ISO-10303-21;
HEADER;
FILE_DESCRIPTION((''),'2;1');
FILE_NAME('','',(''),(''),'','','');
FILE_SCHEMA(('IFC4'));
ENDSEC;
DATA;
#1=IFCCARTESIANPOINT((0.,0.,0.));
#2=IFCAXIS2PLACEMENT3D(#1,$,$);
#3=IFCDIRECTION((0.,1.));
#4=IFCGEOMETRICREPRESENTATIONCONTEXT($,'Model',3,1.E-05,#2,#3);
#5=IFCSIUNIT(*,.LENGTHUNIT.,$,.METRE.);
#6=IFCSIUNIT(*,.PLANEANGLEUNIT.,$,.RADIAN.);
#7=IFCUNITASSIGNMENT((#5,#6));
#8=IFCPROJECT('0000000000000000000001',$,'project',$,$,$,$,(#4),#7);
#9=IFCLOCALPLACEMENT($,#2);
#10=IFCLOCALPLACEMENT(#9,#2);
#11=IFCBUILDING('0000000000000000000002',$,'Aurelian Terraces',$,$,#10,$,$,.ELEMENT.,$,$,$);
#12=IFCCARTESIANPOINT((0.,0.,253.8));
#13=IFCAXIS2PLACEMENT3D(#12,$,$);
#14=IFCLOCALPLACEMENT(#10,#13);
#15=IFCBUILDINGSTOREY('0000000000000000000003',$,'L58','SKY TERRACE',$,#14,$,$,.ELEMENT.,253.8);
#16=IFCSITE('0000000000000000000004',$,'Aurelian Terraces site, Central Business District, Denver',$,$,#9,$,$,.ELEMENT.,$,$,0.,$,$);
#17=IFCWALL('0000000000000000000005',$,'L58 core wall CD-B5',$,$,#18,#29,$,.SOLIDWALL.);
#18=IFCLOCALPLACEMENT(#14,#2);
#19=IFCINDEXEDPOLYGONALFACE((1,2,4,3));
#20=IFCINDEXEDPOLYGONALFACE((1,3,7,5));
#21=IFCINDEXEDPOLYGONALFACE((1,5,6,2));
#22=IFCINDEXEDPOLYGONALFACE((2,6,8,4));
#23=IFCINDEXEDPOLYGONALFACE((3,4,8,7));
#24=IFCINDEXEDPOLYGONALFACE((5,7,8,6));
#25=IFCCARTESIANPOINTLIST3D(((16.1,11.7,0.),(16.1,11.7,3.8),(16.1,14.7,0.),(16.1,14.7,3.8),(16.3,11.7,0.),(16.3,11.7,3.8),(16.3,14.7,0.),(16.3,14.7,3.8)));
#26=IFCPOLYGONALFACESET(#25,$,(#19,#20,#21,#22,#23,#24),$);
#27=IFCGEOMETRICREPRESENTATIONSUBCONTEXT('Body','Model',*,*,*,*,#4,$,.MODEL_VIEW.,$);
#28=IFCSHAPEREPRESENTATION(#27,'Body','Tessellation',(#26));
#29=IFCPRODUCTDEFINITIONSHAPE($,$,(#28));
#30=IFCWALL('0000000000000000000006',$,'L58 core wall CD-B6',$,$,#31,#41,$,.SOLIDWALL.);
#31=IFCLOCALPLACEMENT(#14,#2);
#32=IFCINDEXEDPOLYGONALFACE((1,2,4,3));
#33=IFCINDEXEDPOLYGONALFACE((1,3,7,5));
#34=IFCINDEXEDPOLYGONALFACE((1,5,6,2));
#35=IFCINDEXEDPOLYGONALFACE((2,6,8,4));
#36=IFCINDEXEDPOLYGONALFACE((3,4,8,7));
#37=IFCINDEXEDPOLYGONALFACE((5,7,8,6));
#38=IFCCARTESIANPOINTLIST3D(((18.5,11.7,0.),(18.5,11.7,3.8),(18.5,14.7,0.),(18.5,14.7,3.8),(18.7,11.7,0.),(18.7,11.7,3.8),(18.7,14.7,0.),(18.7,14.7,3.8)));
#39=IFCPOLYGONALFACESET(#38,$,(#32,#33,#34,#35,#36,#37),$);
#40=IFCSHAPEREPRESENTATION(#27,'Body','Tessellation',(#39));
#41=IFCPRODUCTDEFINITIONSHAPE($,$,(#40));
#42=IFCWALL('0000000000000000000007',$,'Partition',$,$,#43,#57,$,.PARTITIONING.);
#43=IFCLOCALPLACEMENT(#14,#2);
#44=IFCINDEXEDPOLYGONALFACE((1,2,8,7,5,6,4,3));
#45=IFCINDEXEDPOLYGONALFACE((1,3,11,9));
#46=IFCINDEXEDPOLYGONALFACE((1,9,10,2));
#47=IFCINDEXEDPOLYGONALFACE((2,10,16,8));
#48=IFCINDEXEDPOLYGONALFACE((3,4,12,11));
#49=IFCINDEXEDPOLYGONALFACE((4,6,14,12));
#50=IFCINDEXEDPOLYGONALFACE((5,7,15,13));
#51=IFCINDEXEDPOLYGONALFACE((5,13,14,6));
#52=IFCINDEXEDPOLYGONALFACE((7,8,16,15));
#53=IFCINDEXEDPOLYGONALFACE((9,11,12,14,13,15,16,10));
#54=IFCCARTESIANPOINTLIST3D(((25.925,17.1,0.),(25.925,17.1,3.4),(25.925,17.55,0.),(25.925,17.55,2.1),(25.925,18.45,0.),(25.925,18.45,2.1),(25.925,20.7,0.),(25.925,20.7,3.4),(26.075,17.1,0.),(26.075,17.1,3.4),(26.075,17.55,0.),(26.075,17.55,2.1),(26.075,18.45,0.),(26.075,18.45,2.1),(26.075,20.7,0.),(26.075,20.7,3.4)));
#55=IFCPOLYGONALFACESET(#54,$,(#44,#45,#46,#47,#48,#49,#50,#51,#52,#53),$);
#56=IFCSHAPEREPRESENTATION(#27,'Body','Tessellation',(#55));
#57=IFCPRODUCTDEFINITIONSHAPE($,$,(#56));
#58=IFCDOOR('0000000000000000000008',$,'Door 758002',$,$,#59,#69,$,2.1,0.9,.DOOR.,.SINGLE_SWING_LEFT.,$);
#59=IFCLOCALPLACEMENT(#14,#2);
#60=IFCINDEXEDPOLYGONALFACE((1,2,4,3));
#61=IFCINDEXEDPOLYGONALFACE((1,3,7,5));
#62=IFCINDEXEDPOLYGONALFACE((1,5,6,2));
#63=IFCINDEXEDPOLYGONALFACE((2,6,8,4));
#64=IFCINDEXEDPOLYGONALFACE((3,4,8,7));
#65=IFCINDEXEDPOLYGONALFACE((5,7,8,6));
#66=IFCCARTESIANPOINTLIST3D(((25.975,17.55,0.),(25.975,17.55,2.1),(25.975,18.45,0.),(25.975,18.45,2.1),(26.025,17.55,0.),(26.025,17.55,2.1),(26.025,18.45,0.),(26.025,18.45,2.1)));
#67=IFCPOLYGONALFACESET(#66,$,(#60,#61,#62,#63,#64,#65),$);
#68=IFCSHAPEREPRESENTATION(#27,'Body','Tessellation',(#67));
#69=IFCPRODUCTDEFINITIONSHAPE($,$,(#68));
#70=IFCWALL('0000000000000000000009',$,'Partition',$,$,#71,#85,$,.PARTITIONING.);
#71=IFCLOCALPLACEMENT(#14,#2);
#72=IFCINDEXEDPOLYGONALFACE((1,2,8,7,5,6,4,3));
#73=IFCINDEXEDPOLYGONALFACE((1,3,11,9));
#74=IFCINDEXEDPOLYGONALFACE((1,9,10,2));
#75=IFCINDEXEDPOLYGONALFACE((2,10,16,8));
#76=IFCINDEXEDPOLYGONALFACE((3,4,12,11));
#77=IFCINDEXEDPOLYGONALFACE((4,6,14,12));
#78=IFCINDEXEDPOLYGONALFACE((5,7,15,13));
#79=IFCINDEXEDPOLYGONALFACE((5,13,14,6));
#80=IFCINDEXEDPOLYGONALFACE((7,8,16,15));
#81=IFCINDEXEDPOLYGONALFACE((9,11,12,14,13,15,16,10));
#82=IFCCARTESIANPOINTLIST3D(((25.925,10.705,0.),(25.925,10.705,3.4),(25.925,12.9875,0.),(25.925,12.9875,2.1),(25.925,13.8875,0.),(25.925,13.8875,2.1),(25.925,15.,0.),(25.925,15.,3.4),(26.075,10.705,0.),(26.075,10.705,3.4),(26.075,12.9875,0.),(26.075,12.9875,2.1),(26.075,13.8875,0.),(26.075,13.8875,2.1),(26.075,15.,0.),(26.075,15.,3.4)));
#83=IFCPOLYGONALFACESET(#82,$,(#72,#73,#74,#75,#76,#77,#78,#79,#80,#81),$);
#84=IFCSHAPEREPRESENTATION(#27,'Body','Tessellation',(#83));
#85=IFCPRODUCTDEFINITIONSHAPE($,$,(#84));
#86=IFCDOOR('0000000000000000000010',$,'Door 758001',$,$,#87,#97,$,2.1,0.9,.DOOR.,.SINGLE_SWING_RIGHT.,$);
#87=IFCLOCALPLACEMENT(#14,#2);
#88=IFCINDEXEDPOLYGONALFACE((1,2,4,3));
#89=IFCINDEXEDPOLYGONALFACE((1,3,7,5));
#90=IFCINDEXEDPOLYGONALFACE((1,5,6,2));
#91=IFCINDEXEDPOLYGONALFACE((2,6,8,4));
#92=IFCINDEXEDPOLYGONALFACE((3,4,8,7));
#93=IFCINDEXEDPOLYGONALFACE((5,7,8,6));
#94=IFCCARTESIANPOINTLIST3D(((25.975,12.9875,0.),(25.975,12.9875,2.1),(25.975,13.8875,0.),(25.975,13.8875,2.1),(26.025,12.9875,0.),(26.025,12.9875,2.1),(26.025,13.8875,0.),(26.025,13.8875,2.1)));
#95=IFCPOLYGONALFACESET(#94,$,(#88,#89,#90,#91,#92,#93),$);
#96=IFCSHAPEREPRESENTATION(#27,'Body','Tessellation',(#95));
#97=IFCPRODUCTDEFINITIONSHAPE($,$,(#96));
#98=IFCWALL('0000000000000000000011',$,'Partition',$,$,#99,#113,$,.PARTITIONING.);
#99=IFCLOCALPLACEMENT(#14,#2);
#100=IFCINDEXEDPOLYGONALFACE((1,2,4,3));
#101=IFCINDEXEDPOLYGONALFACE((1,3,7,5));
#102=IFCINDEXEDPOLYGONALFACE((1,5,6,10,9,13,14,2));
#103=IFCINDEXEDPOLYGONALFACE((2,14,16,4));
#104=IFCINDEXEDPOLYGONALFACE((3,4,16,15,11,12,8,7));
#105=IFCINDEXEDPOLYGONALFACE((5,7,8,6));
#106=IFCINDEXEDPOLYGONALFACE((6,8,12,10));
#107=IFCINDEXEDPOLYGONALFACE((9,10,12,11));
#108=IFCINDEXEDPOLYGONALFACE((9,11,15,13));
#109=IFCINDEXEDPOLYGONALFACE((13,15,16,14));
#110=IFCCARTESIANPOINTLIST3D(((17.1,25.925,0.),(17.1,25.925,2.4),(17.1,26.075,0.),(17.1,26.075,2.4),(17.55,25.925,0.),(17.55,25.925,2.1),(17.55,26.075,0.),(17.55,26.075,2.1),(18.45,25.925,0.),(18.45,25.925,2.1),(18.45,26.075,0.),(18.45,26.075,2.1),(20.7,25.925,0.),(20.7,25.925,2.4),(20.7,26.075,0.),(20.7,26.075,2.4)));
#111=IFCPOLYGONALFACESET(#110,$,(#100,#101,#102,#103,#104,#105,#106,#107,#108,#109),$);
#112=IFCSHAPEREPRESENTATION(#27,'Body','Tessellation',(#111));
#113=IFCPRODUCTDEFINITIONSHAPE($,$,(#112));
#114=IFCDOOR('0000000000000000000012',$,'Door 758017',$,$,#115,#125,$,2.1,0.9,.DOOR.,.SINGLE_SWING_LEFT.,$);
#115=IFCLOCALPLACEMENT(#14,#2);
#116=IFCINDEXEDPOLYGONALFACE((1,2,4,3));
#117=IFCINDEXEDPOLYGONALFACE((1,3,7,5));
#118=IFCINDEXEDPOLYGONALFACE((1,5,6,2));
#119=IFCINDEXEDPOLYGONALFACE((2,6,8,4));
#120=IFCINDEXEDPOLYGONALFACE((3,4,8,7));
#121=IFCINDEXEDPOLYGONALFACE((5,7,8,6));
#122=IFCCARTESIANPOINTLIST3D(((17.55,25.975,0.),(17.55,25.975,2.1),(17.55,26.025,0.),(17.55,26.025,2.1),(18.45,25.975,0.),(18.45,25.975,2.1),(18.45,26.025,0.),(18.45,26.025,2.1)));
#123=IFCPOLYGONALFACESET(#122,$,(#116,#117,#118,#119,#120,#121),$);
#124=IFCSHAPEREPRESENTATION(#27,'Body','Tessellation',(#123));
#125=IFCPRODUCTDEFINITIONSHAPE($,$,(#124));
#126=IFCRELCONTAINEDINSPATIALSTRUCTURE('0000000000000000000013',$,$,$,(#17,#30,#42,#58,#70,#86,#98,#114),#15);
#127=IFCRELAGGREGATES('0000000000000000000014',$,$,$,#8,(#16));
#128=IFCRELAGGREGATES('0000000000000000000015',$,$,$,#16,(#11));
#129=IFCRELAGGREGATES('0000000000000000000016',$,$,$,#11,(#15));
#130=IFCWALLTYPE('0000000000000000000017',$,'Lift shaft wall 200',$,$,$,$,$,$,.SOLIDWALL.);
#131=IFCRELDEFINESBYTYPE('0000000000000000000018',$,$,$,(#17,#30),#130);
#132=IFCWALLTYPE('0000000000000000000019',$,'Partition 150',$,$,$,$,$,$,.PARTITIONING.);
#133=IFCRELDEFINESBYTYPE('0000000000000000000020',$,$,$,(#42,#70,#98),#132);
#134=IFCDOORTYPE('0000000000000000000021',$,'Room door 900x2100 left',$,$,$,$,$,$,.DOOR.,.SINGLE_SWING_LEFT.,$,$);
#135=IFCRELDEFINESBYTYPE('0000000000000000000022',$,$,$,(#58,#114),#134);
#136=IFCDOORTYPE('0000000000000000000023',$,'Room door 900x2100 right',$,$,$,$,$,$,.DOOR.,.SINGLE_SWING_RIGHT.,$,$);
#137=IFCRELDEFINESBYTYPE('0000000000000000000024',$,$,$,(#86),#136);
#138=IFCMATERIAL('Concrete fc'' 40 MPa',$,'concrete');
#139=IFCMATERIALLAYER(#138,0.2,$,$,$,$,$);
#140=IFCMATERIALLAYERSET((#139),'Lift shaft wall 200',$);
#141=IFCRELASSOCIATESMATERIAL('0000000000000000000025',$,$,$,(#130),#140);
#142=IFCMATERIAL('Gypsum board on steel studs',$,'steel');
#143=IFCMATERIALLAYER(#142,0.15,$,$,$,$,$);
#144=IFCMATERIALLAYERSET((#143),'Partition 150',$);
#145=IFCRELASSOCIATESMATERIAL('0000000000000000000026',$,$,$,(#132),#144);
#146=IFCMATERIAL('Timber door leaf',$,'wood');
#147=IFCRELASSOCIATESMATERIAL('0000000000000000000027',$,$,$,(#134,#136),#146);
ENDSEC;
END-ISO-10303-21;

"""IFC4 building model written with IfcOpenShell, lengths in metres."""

from ifc_helpers import new_model, si_unit, direction, frame, frame_2d, origin, place, context, subcontext, project, spatial, rectangle, extrude, source, transform, mapped, material, layer, layer_set, type_object, element, fill, save


model = new_model("IFC4")

# Units and contexts
model_context = context("Model", 3, precision=1e-05, world=origin(), true_north=direction((0.0, 1.0)))
body_context = subcontext(model_context, "Body", "Model", "MODEL_VIEW")
ifc_project = project(units=[si_unit("LENGTHUNIT", "METRE"), si_unit("PLANEANGLEUNIT", "RADIAN")], contexts=[model_context])

# Site, building, storey
site_placement = place(None, origin())
site = spatial("IfcSite", under=ifc_project, at=site_placement, Name="Aurelian Terraces site, Central Business District, Denver", CompositionType="ELEMENT", RefElevation=0.0)
building_placement = place(site_placement, origin())
building = spatial("IfcBuilding", under=site, at=building_placement, Name="Aurelian Terraces", CompositionType="ELEMENT")
storey_placement = place(building_placement, frame((0.0, 0.0, 253.8)))
storey = spatial("IfcBuildingStorey", under=building, at=storey_placement, Name="L58", Description="SKY TERRACE", CompositionType="ELEMENT", Elevation=253.8)

# Shared definitions
ifc_material_1 = material(Name="Concrete fc' 40 MPa", Category="concrete")

# Shared definitions
ifc_material_2 = material(Name="Gypsum board on steel studs", Category="steel")

# Walls
ifc_layer_1 = layer(ifc_material_1, 0.2)
ifc_layer_set_1 = layer_set([ifc_layer_1], Name="Lift shaft wall 200")
wall_type_1 = type_object("IfcWallType", Name="Lift shaft wall 200", PredefinedType="SOLIDWALL", material=ifc_layer_set_1)
shared_shape_1 = source(origin(), body_context, "Body", "SweptSolid", [
    extrude(rectangle(XDim=3.0, YDim=0.2, at=frame_2d((1.5, 0.0))), origin(), (0.0, 0.0, 1.0), 3.8),
])
for number, where, z_axis, x_axis, name in (
    (1, (16.2, 11.7, 0.0), (0.0, 0.0, 1.0), (0.0, 1.0, 0.0), "L58 core wall CD-B5"),
    (2, (18.6, 11.7, 0.0), (0.0, 0.0, 1.0), (0.0, 1.0, 0.0), "L58 core wall CD-B6"),
):
    element("IfcWall", number, at=place(storey_placement, frame(where, z_axis=z_axis, x_axis=x_axis)), inside=storey, type_object=wall_type_1, Name=name, PredefinedType="SOLIDWALL", context=body_context, shape_type="MappedRepresentation", body=[
        mapped(shared_shape_1, transform((0.0, 0.0, 0.0), scale=1.0)),
    ])

# Walls, openings, doors
ifc_layer_2 = layer(ifc_material_2, 0.15)
ifc_layer_set_2 = layer_set([ifc_layer_2], Name="Partition 150")
wall_type_2 = type_object("IfcWallType", Name="Partition 150", PredefinedType="PARTITIONING", material=ifc_layer_set_2)
shared_shape_2 = source(origin(), body_context, "Body", "SweptSolid", [
    extrude(rectangle(XDim=3.6, YDim=0.15, at=frame_2d((1.8, 0.0))), origin(), (0.0, 0.0, 1.0), 3.4),
])
wall_1_placement = place(storey_placement, frame((26.0, 20.7, 0.0), z_axis=(0.0, 0.0, 1.0), x_axis=(0.0, -1.0, 0.0)))
wall_1 = element("IfcWall", 3, at=wall_1_placement, inside=storey, type_object=wall_type_2, Name="Partition", PredefinedType="PARTITIONING", context=body_context, shape_type="MappedRepresentation", body=[
    mapped(shared_shape_2, transform((0.0, 0.0, 0.0), scale=1.0)),
])
shared_shape_3 = source(origin(), body_context, "Body", "SweptSolid", [
    extrude(rectangle(XDim=0.9, YDim=2.1, at=frame_2d((0.45, 1.05))), frame((0.0, 0.085, 0.0), z_axis=(0.0, -1.0, 0.0), x_axis=(1.0, 0.0, 0.0)), (0.0, 0.0, 1.0), 0.17),
])
opening_1_placement = place(wall_1_placement, frame((2.25, 0.0, 0.0)))
opening_1 = element("IfcOpeningElement", 4, at=opening_1_placement, cuts=wall_1, PredefinedType="OPENING", context=body_context, shape_type="MappedRepresentation", body=[
    mapped(shared_shape_3, transform((0.0, 0.0, 0.0), scale=1.0)),
])
ifc_material_3 = material(Name="Timber door leaf", Category="wood")
door_type_1 = type_object("IfcDoorType", Name="Room door 900x2100 left", OperationType="SINGLE_SWING_LEFT", PredefinedType="DOOR", material=ifc_material_3)
shared_shape_4 = source(origin(), body_context, "Body", "SweptSolid", [
    extrude(rectangle(XDim=0.9, YDim=2.1, at=frame_2d((0.45, 1.05))), frame((0.0, 0.025, 0.0), z_axis=(0.0, -1.0, 0.0), x_axis=(1.0, 0.0, 0.0)), (0.0, 0.0, 1.0), 0.05),
])
door_1_placement = place(opening_1_placement, origin())
door_1 = element("IfcDoor", 5, at=door_1_placement, inside=storey, type_object=door_type_1, Name="Door 758002", OperationType="SINGLE_SWING_LEFT", OverallHeight=2.1, OverallWidth=0.9, PredefinedType="DOOR", context=body_context, shape_type="MappedRepresentation", body=[
    mapped(shared_shape_4, transform((0.0, 0.0, 0.0), scale=1.0)),
])
fill(opening_1, door_1)
shared_shape_5 = source(origin(), body_context, "Body", "SweptSolid", [
    extrude(rectangle(XDim=4.295, YDim=0.15, at=frame_2d((2.1475, 0.0))), origin(), (0.0, 0.0, 1.0), 3.4),
])
wall_2_placement = place(storey_placement, frame((26.0, 15.0, 0.0), z_axis=(0.0, 0.0, 1.0), x_axis=(0.0, -1.0, 0.0)))
wall_2 = element("IfcWall", 6, at=wall_2_placement, inside=storey, type_object=wall_type_2, Name="Partition", PredefinedType="PARTITIONING", context=body_context, shape_type="MappedRepresentation", body=[
    mapped(shared_shape_5, transform((0.0, 0.0, 0.0), scale=1.0)),
])
opening_2_placement = place(wall_2_placement, frame((1.1125, 0.0, 0.0)))
opening_2 = element("IfcOpeningElement", 7, at=opening_2_placement, cuts=wall_2, PredefinedType="OPENING", context=body_context, shape_type="MappedRepresentation", body=[
    mapped(shared_shape_3, transform((0.0, 0.0, 0.0), scale=1.0)),
])
door_type_2 = type_object("IfcDoorType", Name="Room door 900x2100 right", OperationType="SINGLE_SWING_RIGHT", PredefinedType="DOOR", material=ifc_material_3)
door_2_placement = place(opening_2_placement, origin())
door_2 = element("IfcDoor", 8, at=door_2_placement, inside=storey, type_object=door_type_2, Name="Door 758001", OperationType="SINGLE_SWING_RIGHT", OverallHeight=2.1, OverallWidth=0.9, PredefinedType="DOOR", context=body_context, shape_type="MappedRepresentation", body=[
    mapped(shared_shape_4, transform((0.0, 0.0, 0.0), scale=1.0)),
])
fill(opening_2, door_2)
shared_shape_6 = source(origin(), body_context, "Body", "SweptSolid", [
    extrude(rectangle(XDim=3.6, YDim=0.15, at=frame_2d((1.8, 0.0))), origin(), (0.0, 0.0, 1.0), 2.4),
])
wall_3_placement = place(storey_placement, frame((17.1, 26.0, 0.0), z_axis=(0.0, 0.0, 1.0), x_axis=(1.0, 0.0, 0.0)))
wall_3 = element("IfcWall", 9, at=wall_3_placement, inside=storey, type_object=wall_type_2, Name="Partition", PredefinedType="PARTITIONING", context=body_context, shape_type="MappedRepresentation", body=[
    mapped(shared_shape_6, transform((0.0, 0.0, 0.0), scale=1.0)),
])
opening_3_placement = place(wall_3_placement, frame((0.45, 0.0, 0.0)))
opening_3 = element("IfcOpeningElement", 10, at=opening_3_placement, cuts=wall_3, PredefinedType="OPENING", context=body_context, shape_type="MappedRepresentation", body=[
    mapped(shared_shape_3, transform((0.0, 0.0, 0.0), scale=1.0)),
])
door_3_placement = place(opening_3_placement, origin())
door_3 = element("IfcDoor", 11, at=door_3_placement, inside=storey, type_object=door_type_1, Name="Door 758017", OperationType="SINGLE_SWING_LEFT", OverallHeight=2.1, OverallWidth=0.9, PredefinedType="DOOR", context=body_context, shape_type="MappedRepresentation", body=[
    mapped(shared_shape_4, transform((0.0, 0.0, 0.0), scale=1.0)),
])
fill(opening_3, door_3)

save(model, "model.ifc")
